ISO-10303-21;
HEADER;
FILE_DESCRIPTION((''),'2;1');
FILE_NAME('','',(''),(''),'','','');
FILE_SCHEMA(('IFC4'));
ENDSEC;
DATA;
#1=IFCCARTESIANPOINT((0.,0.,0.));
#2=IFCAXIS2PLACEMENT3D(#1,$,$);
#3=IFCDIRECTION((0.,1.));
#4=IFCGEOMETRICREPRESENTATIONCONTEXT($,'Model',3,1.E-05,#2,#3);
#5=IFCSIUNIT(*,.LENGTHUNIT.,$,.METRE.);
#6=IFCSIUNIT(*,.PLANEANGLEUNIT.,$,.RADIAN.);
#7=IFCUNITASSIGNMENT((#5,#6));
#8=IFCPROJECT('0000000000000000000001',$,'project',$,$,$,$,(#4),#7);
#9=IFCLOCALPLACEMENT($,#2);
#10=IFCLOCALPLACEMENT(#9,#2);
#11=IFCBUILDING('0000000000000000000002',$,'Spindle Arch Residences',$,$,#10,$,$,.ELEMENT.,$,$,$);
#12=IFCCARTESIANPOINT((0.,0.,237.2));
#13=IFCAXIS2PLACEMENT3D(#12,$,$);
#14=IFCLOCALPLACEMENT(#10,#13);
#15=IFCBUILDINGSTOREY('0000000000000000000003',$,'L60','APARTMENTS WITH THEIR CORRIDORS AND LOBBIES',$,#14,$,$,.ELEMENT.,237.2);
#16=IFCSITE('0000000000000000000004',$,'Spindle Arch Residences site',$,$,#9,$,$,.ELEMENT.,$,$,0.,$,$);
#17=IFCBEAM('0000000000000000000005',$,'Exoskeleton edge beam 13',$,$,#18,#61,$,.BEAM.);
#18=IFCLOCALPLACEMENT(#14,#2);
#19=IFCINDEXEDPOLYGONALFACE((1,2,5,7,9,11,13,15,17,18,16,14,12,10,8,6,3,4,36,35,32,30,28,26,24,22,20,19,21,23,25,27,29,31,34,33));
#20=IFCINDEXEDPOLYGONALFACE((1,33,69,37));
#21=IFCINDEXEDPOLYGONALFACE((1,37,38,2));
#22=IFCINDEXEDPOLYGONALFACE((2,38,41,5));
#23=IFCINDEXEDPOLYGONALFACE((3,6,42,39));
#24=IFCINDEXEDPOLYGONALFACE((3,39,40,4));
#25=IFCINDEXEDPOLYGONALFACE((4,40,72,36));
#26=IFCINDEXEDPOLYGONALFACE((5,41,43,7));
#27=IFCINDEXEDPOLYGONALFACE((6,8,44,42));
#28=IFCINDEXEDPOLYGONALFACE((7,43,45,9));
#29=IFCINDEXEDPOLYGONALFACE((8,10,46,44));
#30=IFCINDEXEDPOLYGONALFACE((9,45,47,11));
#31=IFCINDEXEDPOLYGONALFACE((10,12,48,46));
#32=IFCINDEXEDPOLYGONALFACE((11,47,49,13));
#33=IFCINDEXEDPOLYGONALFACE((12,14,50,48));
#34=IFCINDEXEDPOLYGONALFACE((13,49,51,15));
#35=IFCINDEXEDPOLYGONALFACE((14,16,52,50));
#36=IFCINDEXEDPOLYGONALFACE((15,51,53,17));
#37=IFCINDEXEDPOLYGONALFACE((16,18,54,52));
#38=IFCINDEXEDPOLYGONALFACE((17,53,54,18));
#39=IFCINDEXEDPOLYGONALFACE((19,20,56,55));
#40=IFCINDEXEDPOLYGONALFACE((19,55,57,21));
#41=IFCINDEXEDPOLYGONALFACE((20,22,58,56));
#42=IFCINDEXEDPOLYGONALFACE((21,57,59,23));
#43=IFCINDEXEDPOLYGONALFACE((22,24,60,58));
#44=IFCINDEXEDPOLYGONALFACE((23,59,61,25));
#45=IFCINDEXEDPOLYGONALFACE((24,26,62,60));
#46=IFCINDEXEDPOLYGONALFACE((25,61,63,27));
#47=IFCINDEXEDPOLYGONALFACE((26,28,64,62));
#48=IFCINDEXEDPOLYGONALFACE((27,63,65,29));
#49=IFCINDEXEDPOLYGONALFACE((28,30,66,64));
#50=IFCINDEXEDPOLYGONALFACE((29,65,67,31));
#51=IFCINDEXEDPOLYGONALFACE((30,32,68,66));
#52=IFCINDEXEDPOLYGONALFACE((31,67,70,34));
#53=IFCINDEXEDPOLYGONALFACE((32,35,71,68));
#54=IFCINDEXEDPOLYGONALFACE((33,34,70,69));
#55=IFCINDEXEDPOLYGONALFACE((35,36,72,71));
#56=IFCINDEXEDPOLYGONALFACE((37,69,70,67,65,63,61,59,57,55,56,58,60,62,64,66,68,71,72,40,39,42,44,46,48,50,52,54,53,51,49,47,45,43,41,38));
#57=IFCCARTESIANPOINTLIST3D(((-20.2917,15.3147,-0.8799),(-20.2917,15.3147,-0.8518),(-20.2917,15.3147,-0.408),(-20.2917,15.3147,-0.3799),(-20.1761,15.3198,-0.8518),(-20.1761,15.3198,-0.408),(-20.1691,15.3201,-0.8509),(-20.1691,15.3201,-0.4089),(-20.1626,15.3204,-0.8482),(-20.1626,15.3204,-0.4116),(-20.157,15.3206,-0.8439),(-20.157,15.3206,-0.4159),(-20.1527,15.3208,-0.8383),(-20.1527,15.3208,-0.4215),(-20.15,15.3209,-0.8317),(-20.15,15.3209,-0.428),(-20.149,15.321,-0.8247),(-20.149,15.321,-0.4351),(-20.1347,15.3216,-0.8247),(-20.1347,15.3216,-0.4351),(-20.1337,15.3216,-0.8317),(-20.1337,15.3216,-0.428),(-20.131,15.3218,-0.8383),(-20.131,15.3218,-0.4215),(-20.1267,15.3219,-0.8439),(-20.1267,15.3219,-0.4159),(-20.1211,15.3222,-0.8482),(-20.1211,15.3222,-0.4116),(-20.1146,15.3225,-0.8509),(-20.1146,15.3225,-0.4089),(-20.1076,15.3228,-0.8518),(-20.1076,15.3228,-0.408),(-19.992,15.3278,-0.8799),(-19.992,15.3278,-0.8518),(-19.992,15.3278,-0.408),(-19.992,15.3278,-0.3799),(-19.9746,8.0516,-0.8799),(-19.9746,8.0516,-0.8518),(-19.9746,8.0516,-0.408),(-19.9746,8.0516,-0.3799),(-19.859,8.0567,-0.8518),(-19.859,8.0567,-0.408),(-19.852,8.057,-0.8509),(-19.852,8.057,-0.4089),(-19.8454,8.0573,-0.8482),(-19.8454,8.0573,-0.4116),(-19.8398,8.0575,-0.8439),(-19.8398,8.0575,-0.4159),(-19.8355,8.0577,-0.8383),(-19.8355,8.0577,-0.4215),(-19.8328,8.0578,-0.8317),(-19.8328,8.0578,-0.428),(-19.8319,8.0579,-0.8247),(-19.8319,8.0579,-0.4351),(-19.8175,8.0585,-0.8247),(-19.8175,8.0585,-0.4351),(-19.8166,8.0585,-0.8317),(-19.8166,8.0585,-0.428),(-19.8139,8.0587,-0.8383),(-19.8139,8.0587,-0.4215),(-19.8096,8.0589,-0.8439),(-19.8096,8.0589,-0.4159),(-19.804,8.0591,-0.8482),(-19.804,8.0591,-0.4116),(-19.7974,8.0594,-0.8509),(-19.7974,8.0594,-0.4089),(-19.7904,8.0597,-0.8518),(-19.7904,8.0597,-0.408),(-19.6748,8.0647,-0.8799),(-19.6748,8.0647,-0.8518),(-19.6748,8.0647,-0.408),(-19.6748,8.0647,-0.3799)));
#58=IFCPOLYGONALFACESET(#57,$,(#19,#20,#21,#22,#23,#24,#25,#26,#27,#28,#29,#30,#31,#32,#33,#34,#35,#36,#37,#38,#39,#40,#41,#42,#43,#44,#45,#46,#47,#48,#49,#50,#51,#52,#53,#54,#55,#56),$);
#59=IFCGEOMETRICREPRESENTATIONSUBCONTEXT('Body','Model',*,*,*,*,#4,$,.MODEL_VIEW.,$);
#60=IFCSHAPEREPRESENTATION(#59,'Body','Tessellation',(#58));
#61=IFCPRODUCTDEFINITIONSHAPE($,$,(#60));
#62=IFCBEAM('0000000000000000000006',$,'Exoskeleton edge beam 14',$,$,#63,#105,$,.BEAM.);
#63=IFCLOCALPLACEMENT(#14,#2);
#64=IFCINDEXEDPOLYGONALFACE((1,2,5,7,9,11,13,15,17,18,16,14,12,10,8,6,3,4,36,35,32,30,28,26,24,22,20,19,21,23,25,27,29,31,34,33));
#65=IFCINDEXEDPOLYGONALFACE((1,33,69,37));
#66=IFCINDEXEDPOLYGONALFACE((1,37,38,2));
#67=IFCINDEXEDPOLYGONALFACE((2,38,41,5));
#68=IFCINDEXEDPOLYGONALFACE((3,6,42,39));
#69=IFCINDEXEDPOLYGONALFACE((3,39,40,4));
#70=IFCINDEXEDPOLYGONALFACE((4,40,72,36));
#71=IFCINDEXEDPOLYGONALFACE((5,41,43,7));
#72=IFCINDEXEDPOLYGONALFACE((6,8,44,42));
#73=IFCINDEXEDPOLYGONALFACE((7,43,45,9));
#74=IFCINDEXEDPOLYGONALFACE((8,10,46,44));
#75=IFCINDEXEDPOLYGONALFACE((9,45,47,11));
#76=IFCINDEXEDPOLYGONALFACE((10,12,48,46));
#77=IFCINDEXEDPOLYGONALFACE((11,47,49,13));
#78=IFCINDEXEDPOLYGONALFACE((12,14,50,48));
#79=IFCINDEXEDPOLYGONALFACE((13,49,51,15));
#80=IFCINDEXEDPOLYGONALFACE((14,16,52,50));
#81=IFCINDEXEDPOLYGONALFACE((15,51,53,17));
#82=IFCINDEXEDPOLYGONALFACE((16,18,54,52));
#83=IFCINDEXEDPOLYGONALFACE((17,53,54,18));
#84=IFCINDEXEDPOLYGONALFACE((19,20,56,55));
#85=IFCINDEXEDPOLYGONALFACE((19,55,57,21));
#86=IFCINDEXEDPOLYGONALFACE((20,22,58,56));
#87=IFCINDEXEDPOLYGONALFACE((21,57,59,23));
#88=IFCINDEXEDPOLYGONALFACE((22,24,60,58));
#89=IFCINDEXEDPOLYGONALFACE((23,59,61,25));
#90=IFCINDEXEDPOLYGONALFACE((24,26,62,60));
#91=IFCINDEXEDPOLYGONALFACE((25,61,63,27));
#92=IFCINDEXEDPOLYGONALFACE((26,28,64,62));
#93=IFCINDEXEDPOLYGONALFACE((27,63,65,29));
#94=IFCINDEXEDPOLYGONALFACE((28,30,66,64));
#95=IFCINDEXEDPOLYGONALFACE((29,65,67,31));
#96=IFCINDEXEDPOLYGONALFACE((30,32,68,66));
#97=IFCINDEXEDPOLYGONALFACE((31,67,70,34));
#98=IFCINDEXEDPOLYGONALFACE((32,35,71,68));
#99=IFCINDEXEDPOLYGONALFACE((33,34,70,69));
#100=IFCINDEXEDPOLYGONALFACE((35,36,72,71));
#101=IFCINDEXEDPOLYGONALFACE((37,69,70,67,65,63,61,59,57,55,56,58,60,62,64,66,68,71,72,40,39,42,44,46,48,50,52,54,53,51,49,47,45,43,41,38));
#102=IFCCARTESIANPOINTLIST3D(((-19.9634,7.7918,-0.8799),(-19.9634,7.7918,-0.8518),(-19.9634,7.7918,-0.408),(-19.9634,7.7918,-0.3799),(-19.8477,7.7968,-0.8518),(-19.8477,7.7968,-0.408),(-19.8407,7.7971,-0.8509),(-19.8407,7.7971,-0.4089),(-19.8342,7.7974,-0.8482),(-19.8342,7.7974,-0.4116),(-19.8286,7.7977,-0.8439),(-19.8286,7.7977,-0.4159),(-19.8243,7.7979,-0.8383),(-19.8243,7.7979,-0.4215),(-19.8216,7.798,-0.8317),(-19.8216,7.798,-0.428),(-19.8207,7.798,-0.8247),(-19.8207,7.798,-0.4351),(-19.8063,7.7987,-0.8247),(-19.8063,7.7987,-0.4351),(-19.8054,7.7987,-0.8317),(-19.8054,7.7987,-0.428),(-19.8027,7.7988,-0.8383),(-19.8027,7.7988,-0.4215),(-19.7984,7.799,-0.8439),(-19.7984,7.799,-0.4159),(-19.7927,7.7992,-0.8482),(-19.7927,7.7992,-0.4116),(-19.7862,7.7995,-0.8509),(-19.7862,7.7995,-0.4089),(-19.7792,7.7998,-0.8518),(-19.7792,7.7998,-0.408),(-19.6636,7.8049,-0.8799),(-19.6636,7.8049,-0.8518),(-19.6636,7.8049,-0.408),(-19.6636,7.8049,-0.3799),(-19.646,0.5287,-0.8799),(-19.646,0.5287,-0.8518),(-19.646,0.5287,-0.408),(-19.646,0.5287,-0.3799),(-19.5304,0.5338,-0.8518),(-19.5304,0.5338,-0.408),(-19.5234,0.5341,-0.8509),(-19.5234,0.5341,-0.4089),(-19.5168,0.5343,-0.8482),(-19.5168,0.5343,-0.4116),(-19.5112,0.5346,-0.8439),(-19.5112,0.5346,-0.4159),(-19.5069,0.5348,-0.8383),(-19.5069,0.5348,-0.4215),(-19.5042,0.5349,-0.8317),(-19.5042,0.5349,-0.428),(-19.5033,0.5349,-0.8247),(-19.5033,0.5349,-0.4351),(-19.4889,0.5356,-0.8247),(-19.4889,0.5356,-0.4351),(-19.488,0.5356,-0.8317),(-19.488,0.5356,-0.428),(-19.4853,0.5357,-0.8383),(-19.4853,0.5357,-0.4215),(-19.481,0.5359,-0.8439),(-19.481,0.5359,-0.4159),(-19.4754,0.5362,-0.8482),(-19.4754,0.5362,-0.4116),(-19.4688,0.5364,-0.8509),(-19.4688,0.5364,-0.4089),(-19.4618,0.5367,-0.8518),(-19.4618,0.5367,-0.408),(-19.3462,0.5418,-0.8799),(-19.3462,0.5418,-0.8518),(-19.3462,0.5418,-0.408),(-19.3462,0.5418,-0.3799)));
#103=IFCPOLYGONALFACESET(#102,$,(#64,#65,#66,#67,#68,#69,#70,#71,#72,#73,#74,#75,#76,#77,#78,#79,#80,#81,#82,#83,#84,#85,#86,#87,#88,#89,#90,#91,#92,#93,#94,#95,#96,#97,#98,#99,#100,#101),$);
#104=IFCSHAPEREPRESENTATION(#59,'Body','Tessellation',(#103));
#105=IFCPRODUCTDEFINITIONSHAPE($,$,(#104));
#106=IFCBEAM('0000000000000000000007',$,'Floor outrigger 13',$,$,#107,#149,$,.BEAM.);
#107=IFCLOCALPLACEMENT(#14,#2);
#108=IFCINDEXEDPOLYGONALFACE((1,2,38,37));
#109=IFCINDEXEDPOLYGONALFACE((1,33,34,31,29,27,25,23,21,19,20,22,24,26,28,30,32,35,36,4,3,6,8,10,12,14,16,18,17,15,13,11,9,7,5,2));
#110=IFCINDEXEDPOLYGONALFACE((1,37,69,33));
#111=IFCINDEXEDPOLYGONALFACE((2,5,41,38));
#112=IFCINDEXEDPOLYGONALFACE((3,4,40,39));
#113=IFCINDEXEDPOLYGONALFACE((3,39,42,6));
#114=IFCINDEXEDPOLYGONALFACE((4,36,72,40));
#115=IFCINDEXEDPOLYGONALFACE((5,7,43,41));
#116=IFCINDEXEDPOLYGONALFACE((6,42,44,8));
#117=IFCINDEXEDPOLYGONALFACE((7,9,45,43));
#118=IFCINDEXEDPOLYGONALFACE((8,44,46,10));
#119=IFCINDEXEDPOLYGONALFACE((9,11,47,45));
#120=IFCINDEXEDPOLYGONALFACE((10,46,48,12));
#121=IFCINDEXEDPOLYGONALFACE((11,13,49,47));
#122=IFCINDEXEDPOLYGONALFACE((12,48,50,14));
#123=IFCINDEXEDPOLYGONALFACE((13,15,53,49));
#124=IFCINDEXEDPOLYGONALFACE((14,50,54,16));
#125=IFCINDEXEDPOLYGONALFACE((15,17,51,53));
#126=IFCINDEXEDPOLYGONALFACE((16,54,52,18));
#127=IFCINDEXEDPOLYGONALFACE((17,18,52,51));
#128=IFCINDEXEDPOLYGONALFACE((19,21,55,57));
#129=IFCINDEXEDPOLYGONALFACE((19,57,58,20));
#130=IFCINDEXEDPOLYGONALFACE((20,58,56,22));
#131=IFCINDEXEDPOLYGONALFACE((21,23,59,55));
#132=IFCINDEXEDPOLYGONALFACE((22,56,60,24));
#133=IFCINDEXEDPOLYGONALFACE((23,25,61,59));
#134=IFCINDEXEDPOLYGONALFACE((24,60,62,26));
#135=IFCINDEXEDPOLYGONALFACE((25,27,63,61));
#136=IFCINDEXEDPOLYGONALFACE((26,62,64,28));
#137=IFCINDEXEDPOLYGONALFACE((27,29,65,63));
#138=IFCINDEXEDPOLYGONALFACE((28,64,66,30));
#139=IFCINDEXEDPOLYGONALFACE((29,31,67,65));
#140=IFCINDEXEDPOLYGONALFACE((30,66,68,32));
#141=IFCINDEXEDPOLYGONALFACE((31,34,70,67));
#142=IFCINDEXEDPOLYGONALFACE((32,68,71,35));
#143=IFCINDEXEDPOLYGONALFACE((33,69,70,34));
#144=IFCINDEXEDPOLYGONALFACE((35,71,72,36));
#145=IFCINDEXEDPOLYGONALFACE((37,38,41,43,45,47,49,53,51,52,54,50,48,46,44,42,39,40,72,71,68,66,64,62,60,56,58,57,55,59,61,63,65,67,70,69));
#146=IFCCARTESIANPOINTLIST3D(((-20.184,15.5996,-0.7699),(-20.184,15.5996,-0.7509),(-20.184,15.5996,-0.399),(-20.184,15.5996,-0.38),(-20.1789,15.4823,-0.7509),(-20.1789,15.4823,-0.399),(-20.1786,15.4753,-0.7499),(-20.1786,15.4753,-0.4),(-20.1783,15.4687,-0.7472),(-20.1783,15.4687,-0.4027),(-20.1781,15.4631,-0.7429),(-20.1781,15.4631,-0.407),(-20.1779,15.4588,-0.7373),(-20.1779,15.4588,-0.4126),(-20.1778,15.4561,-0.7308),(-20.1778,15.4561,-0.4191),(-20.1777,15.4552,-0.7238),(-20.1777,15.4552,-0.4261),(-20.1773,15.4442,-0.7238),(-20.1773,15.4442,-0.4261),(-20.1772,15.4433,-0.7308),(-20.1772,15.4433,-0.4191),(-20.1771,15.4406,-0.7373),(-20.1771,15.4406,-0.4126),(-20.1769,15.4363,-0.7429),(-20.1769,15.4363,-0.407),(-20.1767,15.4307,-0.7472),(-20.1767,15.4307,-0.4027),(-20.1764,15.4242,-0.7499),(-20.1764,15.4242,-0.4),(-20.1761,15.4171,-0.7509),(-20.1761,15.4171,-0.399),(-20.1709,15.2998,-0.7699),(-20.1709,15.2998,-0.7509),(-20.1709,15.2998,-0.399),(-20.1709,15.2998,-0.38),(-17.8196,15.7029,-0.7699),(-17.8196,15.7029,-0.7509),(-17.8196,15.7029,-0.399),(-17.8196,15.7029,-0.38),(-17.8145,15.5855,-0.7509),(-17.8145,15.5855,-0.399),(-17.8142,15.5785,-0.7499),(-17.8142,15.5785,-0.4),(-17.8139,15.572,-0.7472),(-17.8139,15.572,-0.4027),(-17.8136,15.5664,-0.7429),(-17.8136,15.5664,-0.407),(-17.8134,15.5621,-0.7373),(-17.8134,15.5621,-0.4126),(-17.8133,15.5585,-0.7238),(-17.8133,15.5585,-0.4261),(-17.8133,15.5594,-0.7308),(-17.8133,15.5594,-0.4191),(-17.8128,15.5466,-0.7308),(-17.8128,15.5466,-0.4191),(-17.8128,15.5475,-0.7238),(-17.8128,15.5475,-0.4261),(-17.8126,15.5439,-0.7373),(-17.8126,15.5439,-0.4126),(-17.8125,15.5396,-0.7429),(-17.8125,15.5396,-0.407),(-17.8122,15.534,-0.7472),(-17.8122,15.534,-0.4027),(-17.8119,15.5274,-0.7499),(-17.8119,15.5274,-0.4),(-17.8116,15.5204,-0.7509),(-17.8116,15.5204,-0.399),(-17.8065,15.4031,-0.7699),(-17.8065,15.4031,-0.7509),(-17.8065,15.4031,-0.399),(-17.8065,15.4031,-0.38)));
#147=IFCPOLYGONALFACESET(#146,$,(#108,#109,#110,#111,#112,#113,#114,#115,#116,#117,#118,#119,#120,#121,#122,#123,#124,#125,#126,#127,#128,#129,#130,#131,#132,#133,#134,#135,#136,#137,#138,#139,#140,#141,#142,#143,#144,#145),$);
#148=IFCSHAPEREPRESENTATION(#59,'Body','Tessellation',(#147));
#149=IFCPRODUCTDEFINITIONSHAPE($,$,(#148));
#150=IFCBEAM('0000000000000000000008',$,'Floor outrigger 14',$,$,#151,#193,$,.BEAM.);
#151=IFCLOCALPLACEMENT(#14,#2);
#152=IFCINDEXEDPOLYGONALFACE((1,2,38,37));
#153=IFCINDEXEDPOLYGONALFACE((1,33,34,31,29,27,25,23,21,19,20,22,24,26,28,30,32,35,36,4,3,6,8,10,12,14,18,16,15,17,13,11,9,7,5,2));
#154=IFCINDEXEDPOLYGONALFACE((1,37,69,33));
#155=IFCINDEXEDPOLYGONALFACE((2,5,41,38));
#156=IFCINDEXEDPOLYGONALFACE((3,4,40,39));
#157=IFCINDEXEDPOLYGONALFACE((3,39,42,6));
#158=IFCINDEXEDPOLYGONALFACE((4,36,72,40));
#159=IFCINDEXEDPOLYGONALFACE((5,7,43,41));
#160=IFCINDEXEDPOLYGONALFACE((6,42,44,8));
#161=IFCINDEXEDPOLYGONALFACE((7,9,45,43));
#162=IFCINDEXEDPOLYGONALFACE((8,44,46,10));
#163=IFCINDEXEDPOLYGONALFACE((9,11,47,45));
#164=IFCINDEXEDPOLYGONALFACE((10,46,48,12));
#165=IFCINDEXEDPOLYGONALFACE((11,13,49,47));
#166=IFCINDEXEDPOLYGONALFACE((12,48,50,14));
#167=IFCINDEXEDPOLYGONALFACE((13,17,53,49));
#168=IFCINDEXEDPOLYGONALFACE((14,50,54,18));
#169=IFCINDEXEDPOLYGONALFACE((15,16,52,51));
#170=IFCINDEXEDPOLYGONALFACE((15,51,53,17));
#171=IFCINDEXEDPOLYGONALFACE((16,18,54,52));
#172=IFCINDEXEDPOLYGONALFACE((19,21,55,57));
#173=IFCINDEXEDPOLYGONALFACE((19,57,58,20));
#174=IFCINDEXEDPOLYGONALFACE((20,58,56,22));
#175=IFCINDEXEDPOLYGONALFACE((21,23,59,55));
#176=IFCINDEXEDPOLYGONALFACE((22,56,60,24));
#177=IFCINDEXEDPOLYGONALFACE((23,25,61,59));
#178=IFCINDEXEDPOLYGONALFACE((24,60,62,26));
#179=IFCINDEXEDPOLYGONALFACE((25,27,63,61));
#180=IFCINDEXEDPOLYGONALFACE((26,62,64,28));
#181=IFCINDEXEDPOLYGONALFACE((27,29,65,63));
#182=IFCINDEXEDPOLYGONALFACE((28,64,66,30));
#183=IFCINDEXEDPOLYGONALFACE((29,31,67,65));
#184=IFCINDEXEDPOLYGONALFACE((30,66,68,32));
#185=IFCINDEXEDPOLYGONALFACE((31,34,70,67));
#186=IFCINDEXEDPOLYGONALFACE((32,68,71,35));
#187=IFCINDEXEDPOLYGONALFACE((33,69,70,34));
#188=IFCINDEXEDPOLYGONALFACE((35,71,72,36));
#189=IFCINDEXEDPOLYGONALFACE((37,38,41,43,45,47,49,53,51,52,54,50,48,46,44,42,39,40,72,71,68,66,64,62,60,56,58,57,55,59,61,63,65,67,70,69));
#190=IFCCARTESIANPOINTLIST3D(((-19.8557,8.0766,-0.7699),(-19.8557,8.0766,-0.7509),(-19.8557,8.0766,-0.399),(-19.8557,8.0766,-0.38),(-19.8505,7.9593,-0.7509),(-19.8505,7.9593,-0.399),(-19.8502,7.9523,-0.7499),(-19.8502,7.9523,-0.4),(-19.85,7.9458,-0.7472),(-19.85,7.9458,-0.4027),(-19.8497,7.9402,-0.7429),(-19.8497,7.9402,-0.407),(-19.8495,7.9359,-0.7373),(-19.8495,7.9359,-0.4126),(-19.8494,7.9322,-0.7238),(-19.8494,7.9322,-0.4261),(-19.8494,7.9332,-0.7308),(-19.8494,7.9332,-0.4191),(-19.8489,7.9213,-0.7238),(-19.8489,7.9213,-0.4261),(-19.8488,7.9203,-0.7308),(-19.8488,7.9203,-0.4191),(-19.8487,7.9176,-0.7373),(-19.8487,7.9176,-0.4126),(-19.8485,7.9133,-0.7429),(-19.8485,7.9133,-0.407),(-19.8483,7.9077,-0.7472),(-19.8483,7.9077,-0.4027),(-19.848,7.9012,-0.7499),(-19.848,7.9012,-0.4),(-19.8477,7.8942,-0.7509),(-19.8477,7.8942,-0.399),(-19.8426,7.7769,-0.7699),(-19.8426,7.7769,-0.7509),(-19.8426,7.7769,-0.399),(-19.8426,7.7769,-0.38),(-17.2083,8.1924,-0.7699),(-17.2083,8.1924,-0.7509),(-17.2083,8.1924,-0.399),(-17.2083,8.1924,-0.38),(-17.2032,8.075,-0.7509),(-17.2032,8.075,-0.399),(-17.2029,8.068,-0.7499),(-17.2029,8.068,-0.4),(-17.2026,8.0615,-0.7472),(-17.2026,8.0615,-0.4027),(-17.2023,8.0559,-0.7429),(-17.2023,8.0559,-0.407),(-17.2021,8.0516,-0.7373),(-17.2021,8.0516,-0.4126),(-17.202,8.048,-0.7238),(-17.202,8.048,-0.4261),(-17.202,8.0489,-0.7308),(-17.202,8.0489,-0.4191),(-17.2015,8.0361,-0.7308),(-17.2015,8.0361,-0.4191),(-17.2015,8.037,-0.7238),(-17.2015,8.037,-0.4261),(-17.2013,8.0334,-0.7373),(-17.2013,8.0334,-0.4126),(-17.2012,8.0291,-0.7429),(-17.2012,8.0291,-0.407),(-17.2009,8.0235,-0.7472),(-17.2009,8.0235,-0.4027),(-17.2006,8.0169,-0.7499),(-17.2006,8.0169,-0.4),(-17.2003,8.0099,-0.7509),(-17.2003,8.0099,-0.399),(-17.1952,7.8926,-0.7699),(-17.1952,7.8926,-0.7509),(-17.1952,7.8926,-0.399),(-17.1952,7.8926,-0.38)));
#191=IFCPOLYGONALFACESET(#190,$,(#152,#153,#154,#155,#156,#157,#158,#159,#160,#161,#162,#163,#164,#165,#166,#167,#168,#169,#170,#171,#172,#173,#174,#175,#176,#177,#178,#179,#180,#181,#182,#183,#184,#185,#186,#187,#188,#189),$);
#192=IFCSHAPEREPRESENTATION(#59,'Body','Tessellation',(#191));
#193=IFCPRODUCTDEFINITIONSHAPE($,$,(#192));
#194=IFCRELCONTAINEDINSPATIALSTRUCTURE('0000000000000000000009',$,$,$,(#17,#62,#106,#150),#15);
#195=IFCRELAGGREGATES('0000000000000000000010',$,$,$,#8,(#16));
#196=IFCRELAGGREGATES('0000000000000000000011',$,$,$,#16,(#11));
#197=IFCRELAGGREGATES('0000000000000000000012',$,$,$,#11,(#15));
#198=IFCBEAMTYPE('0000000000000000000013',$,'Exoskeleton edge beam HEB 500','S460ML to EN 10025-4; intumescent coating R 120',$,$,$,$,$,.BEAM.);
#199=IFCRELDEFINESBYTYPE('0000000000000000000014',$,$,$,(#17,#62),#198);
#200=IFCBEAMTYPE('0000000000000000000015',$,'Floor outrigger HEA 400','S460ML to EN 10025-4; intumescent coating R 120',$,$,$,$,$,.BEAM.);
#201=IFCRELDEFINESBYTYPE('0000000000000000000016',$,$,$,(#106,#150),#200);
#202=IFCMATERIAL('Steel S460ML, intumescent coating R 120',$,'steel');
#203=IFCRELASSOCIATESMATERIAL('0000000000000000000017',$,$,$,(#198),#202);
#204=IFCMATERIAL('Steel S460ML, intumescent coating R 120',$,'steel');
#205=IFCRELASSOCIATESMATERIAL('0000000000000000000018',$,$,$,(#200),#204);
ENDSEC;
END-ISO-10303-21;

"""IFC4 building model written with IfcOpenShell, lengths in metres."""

from ifc_helpers import new_model, si_unit, direction, frame, origin, origin_2d, place, context, subcontext, project, spatial, i_section, extrude, material, material_profile, profile_set, type_object, element, save


model = new_model("IFC4")

# Units and contexts
model_context = context("Model", 3, precision=1e-05, world=origin(), true_north=direction((0.0, 1.0)))
body_context = subcontext(model_context, "Body", "Model", "MODEL_VIEW")
ifc_project = project(units=[si_unit("LENGTHUNIT", "METRE"), si_unit("PLANEANGLEUNIT", "RADIAN")], contexts=[model_context])

# Site, building, storey
site_placement = place(None, origin())
site = spatial("IfcSite", under=ifc_project, at=site_placement, Name="Spindle Arch Residences site", CompositionType="ELEMENT", RefElevation=0.0)
building_placement = place(site_placement, origin())
building = spatial("IfcBuilding", under=site, at=building_placement, Name="Spindle Arch Residences", CompositionType="ELEMENT")
storey_placement = place(building_placement, frame((0.0, 0.0, 237.2)))
storey = spatial("IfcBuildingStorey", under=building, at=storey_placement, Name="L60", Description="APARTMENTS WITH THEIR CORRIDORS AND LOBBIES", CompositionType="ELEMENT", Elevation=237.2)

# Beams
ifc_material_1 = material(Name="Steel S460ML, intumescent coating R 120", Category="steel")
ifc_material_profile_1 = material_profile(ifc_material_1, i_section(OverallWidth=0.3, OverallDepth=0.5, WebThickness=0.0144, FlangeThickness=0.0281, FilletRadius=0.0271, at=origin_2d()), Name="HEB 500")
ifc_profile_set_1 = profile_set([ifc_material_profile_1], Name="Steel S460ML, intumescent coating R 120")
beam_type_1 = type_object("IfcBeamType", Name="Exoskeleton edge beam HEB 500", Description="S460ML to EN 10025-4; intumescent coating R 120", PredefinedType="BEAM", material=ifc_profile_set_1)
for number, where, z_axis, x_axis, name in (
    (1, (-20.1418, 15.3213, -0.6299), (0.043622, -0.999048, 0.0), (0.999048, 0.043622, 0.0), "Exoskeleton edge beam 13"),
    (2, (-19.8135, 7.7983, -0.6299), (0.043656, -0.999047, 0.0), (0.999047, 0.043656, 0.0), "Exoskeleton edge beam 14"),
):
    element("IfcBeam", number, at=place(storey_placement, frame(where, z_axis=z_axis, x_axis=x_axis)), inside=storey, type_object=beam_type_1, Name=name, PredefinedType="BEAM", context=body_context, shape_type="SweptSolid", body=[
        extrude(i_section(OverallWidth=0.3, OverallDepth=0.5, WebThickness=0.0144, FlangeThickness=0.0281, FilletRadius=0.0271, at=origin_2d()), origin(), (0.0, 0.0, 1.0), 7.27),
    ])
ifc_material_2 = material(Name="Steel S460ML, intumescent coating R 120", Category="steel")
ifc_material_profile_2 = material_profile(ifc_material_2, i_section(OverallWidth=0.3, OverallDepth=0.3899, WebThickness=0.011, FlangeThickness=0.019, FilletRadius=0.0271, at=origin_2d()), Name="HEA 400")
ifc_profile_set_2 = profile_set([ifc_material_profile_2], Name="Steel S460ML, intumescent coating R 120")
beam_type_2 = type_object("IfcBeamType", Name="Floor outrigger HEA 400", Description="S460ML to EN 10025-4; intumescent coating R 120", PredefinedType="BEAM", material=ifc_profile_set_2)
beam_placement = place(storey_placement, frame((-20.1775, 15.4497, -0.575), z_axis=(0.999048, 0.043634, 0.0), x_axis=(-0.043634, 0.999048, 0.0)))
element("IfcBeam", 3, at=beam_placement, inside=storey, type_object=beam_type_2, Name="Floor outrigger 13", PredefinedType="BEAM", context=body_context, shape_type="SweptSolid", body=[
    extrude(i_section(OverallWidth=0.3, OverallDepth=0.3899, WebThickness=0.011, FlangeThickness=0.019, FilletRadius=0.0271, at=origin_2d()), origin(), (0.0, 0.0, 1.0), 2.3667),
])
for number, where, z_axis, x_axis, name in (
    (4, (-19.8491, 7.9268, -0.575), (0.999046, 0.043669, 0.0), (-0.043669, 0.999046, 0.0), "Floor outrigger 14"),
):
    element("IfcBeam", number, at=place(storey_placement, frame(where, z_axis=z_axis, x_axis=x_axis)), inside=storey, type_object=beam_type_2, Name=name, PredefinedType="BEAM", context=body_context, shape_type="SweptSolid", body=[
        extrude(i_section(OverallWidth=0.3, OverallDepth=0.3899, WebThickness=0.011, FlangeThickness=0.019, FilletRadius=0.0271, at=origin_2d()), origin(), (0.0, 0.0, 1.0), 2.6499),
    ])

save(model, "model.ifc")
